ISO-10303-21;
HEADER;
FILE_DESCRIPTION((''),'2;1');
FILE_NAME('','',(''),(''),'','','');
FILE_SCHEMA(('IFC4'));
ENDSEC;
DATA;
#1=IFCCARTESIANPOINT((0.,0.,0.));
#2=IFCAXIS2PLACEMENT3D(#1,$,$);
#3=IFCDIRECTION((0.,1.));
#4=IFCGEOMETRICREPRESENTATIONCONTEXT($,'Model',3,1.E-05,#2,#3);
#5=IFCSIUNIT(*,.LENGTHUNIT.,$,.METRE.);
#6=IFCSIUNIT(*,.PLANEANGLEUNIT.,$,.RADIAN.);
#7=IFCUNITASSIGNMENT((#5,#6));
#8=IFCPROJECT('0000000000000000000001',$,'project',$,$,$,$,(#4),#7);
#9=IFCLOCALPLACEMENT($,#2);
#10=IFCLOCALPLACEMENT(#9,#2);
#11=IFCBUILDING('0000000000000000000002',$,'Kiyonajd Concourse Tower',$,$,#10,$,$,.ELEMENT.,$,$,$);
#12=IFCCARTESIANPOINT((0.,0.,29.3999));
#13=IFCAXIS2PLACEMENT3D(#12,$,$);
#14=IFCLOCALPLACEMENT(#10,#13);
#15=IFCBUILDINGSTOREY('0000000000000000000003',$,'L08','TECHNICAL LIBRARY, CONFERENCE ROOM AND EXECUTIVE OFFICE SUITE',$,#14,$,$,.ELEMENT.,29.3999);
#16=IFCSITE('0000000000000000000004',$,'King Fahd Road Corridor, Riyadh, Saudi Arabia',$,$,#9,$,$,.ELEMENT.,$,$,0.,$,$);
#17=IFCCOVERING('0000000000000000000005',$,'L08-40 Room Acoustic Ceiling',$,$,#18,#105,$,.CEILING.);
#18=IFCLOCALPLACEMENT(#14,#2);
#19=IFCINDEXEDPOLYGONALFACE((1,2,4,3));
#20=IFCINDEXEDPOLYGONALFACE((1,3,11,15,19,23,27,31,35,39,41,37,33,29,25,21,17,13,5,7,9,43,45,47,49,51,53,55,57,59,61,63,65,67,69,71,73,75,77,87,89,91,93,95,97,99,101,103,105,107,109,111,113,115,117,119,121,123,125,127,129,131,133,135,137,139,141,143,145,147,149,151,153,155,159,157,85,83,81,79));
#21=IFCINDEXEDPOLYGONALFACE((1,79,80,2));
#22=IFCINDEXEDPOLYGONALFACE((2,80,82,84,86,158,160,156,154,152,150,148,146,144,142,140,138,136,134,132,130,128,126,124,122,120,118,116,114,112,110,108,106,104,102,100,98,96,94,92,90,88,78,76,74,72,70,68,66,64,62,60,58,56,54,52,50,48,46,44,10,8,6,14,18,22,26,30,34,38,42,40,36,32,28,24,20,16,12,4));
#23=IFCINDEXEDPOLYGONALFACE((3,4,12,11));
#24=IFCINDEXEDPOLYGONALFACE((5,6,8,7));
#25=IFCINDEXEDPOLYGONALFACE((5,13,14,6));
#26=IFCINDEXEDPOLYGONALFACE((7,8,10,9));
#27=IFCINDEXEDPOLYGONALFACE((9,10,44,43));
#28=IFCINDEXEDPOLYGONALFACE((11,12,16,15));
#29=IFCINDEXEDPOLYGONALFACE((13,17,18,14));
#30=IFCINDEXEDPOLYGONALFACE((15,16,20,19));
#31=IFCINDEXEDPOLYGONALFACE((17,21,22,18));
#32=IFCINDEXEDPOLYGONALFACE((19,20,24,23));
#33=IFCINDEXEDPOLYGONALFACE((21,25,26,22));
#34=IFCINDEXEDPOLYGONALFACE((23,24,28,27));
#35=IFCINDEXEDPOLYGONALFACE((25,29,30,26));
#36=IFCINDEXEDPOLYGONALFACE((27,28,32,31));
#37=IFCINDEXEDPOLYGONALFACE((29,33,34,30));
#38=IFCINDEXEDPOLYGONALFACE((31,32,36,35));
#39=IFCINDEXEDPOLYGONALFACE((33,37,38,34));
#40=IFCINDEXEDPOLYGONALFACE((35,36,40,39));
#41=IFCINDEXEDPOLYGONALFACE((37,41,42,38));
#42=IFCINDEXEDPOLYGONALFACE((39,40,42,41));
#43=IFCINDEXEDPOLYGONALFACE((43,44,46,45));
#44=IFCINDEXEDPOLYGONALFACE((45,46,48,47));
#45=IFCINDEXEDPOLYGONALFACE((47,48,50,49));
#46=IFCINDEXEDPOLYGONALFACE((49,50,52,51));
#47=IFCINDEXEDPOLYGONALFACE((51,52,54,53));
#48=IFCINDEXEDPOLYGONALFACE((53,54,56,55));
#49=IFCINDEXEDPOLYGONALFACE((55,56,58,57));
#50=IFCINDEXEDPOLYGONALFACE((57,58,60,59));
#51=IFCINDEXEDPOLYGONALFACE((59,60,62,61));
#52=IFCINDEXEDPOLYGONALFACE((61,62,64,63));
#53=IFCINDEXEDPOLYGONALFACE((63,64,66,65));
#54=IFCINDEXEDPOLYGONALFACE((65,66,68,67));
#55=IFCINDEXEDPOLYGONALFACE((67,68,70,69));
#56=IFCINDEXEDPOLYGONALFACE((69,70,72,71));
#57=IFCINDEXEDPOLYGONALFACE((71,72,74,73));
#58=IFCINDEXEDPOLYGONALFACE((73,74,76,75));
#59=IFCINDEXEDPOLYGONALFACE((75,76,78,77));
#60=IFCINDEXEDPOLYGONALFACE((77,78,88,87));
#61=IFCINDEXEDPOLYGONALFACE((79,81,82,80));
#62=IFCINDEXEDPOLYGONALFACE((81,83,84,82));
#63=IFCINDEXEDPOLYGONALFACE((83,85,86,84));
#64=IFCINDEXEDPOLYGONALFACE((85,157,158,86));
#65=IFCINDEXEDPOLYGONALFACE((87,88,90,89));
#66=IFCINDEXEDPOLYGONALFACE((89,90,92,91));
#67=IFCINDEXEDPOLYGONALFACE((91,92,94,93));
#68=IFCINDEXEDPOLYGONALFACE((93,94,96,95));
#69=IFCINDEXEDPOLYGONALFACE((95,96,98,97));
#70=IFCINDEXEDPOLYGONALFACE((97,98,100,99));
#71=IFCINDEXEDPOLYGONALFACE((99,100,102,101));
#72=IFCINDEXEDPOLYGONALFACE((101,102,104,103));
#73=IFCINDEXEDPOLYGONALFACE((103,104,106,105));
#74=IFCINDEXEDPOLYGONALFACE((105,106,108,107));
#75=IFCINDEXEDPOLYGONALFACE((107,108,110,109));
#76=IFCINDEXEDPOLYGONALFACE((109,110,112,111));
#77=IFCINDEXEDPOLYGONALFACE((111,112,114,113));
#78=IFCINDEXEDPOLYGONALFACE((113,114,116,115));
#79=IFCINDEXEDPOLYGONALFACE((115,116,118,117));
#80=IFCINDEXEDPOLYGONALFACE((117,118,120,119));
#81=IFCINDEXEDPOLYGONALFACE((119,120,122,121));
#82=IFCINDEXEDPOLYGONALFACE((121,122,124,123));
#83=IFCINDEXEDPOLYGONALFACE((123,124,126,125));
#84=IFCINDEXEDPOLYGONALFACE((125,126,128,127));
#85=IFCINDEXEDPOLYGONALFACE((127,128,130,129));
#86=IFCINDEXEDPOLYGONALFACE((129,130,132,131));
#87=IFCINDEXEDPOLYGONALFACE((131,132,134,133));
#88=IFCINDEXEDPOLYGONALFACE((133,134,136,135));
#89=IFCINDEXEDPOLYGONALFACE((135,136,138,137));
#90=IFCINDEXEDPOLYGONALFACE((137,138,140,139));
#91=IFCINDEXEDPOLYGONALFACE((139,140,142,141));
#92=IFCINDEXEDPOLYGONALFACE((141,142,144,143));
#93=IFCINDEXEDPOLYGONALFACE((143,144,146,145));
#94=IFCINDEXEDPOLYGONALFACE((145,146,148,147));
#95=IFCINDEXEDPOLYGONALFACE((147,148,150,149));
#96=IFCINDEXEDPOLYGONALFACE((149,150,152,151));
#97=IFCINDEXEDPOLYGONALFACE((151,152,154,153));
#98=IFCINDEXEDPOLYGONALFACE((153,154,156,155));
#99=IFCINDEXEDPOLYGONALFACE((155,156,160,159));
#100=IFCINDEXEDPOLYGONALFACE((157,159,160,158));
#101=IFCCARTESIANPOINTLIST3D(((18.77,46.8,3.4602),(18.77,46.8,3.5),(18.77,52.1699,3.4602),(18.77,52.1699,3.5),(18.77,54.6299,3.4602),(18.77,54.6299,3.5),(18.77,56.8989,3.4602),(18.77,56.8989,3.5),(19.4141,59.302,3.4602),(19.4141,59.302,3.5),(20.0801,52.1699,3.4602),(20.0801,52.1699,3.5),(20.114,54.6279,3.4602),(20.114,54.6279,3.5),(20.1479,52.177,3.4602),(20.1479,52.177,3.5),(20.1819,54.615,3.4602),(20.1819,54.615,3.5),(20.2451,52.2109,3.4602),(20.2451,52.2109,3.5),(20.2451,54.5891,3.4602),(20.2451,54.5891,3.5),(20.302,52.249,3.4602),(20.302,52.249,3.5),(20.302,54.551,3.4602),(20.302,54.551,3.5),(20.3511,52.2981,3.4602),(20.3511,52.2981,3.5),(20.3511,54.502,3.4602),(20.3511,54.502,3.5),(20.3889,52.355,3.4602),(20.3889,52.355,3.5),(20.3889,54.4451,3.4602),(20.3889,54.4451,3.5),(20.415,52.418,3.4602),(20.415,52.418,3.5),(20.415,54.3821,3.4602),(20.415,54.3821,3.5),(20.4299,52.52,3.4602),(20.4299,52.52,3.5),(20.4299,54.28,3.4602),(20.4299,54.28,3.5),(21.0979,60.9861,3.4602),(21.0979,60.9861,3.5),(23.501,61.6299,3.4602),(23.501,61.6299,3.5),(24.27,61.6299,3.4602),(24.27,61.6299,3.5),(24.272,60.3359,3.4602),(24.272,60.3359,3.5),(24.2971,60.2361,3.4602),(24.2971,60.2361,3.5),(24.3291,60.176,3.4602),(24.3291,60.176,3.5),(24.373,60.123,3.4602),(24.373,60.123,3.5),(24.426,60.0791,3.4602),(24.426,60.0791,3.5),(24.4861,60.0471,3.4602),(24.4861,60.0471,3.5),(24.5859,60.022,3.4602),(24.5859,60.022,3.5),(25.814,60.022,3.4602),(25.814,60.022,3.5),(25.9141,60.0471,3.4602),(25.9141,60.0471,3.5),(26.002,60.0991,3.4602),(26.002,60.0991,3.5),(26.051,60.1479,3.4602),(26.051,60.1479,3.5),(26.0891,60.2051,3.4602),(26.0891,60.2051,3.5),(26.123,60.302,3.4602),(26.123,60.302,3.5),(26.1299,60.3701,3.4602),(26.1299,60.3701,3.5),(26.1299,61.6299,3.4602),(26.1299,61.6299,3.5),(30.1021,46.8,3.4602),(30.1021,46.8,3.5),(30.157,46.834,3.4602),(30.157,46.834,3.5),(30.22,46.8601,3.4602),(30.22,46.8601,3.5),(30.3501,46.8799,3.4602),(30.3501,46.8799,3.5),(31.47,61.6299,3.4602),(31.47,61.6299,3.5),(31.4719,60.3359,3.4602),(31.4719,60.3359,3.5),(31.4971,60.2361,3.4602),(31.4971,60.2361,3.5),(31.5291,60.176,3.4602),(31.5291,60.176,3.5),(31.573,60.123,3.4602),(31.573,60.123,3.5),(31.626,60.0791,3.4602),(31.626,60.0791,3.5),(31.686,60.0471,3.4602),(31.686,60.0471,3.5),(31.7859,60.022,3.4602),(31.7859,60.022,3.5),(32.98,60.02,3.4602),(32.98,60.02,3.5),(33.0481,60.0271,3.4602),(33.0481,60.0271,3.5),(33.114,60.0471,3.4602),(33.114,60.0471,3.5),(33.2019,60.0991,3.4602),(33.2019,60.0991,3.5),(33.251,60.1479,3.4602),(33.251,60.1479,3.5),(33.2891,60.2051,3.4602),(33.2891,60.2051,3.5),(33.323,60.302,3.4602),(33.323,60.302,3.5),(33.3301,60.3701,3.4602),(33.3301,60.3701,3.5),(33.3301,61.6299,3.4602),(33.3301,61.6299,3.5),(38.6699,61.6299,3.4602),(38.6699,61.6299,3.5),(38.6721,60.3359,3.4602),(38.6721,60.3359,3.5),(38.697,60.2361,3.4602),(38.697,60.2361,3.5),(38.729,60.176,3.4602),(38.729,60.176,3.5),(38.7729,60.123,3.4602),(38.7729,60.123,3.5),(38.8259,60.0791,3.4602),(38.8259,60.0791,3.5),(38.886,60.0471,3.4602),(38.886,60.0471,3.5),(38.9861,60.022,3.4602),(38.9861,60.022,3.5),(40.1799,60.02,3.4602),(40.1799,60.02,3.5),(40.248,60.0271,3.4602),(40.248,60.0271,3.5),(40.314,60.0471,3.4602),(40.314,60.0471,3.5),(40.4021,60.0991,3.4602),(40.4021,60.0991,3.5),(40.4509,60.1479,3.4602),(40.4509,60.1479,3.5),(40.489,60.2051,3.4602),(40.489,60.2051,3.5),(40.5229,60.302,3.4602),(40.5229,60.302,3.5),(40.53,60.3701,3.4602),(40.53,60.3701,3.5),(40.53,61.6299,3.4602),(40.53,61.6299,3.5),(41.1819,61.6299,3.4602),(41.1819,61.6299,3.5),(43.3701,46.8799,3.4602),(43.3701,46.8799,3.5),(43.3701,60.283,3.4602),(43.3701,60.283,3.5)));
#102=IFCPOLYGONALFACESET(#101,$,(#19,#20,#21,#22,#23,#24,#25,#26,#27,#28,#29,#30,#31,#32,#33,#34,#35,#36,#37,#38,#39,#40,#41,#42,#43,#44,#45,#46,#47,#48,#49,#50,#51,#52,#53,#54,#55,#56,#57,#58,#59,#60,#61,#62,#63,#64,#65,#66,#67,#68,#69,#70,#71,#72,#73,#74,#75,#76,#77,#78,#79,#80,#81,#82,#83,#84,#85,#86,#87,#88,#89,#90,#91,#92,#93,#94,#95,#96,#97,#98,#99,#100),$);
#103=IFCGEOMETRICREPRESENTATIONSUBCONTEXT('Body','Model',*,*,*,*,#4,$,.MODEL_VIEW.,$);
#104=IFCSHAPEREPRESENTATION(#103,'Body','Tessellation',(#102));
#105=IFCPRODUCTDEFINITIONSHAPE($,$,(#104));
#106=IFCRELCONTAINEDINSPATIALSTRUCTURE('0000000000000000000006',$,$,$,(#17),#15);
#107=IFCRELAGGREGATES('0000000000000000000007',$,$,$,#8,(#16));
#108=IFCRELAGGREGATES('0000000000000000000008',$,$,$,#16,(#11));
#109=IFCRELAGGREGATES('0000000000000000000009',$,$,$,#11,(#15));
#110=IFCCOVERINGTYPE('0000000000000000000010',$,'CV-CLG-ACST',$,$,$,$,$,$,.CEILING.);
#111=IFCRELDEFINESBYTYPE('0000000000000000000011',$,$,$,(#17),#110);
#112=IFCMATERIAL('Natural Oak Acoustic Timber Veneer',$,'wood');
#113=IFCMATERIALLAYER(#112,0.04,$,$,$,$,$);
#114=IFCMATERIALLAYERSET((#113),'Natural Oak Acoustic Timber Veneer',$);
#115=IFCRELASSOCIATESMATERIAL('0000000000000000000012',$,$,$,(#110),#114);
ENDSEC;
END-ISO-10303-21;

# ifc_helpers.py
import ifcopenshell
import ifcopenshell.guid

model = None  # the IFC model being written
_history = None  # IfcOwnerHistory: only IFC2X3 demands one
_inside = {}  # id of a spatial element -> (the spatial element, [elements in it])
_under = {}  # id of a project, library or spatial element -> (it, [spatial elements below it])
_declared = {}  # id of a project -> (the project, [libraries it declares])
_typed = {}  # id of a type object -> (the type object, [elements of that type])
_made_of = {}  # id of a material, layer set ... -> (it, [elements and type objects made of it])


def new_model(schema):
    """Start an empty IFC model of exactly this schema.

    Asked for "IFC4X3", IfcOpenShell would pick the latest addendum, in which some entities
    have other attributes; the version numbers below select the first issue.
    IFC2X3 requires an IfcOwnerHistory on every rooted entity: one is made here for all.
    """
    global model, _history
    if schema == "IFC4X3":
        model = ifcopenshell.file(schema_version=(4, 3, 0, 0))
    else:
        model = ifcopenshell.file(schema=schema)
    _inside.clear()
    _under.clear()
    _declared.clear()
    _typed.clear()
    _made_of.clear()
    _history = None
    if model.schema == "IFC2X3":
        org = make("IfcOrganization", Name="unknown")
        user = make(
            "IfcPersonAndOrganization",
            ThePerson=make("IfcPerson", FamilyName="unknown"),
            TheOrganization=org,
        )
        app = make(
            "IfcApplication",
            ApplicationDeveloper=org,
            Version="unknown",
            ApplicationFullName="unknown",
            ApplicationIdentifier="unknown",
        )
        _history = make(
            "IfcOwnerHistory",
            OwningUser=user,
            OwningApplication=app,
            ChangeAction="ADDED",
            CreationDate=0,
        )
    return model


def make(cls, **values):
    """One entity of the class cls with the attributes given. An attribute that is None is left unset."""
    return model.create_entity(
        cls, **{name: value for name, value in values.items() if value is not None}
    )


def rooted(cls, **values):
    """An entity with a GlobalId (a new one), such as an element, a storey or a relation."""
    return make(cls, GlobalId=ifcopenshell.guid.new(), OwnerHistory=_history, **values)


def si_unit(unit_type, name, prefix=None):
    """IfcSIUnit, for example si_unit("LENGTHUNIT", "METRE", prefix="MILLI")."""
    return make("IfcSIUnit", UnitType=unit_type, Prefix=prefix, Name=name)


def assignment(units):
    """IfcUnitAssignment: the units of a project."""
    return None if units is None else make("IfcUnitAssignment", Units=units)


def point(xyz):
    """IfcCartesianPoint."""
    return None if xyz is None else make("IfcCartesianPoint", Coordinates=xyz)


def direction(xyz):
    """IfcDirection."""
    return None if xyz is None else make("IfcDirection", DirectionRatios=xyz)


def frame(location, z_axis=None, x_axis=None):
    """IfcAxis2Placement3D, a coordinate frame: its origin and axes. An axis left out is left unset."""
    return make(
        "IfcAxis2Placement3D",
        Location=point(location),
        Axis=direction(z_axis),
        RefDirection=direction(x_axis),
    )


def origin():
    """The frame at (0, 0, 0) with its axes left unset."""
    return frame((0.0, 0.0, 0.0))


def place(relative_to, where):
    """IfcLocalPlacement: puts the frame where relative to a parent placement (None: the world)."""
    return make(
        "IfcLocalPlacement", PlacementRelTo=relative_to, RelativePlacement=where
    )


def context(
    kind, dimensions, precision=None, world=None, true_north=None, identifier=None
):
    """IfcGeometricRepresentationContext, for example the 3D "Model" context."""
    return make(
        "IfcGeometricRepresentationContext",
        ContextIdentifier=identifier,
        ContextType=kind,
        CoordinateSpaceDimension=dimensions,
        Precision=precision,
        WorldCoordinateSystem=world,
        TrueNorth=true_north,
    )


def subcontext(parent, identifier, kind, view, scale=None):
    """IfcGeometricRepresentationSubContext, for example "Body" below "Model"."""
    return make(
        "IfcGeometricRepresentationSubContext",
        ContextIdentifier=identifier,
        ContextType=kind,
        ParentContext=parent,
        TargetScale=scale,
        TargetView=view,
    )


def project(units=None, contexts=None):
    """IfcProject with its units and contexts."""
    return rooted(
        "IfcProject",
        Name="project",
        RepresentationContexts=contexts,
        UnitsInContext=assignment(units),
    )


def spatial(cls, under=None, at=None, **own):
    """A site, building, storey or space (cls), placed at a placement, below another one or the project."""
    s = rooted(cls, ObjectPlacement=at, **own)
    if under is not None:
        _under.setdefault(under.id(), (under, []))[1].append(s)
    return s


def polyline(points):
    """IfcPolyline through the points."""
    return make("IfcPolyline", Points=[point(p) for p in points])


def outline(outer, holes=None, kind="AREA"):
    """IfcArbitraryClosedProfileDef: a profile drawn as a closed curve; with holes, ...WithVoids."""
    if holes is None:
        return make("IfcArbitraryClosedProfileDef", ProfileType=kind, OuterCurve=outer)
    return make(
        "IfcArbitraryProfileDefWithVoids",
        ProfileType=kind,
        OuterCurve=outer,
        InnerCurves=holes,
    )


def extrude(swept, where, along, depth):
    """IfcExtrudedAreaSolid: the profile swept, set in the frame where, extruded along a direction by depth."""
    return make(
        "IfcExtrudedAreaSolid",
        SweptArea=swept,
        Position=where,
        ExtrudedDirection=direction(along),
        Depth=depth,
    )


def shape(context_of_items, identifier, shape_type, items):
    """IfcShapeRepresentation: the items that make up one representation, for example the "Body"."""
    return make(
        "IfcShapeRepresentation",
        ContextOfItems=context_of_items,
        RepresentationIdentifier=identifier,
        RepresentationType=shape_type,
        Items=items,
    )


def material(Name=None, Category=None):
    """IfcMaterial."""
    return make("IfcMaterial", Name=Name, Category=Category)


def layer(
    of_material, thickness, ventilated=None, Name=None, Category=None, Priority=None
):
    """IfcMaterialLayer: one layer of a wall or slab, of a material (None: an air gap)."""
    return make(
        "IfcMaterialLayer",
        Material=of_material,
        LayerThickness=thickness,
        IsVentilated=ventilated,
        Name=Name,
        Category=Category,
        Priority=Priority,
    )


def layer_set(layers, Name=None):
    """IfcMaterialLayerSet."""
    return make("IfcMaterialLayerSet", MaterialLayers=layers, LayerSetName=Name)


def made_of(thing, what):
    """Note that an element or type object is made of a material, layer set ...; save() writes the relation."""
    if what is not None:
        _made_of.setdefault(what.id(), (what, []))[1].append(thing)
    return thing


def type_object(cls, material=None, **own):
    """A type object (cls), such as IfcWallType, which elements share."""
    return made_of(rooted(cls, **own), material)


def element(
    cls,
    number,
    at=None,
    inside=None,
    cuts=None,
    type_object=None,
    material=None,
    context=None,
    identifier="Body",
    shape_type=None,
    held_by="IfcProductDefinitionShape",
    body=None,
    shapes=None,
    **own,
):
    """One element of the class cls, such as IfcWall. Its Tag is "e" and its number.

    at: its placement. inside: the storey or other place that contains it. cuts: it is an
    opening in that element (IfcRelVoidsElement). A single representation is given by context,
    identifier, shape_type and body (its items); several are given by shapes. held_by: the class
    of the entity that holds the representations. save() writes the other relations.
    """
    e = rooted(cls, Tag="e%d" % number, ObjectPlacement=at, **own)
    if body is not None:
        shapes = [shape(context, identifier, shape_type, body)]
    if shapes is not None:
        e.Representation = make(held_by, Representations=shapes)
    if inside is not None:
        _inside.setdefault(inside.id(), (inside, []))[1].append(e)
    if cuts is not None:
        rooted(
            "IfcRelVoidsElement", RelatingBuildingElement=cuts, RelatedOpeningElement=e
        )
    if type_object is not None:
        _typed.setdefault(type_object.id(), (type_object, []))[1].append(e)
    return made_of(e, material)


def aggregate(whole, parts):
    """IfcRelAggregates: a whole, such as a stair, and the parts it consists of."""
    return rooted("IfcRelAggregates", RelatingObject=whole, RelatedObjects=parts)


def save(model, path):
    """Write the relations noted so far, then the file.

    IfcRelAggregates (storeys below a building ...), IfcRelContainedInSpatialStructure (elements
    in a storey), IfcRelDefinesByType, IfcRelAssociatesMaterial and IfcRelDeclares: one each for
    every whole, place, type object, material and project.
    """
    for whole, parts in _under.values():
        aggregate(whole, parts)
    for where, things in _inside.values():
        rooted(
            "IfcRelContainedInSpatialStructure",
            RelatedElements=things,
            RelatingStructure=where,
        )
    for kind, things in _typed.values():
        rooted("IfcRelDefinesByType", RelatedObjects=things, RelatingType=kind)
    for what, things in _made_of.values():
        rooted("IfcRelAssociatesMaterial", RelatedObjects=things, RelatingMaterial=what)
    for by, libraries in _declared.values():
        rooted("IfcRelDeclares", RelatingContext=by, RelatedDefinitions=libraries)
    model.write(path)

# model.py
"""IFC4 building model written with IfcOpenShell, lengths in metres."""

from ifc_helpers import new_model, si_unit, direction, frame, origin, place, context, subcontext, project, spatial, polyline, outline, extrude, material, layer, layer_set, type_object, element, save


model = new_model("IFC4")

# Units and contexts
model_context = context("Model", 3, precision=1e-05, world=origin(), true_north=direction((0.0, 1.0)))
body_context = subcontext(model_context, "Body", "Model", "MODEL_VIEW")
ifc_project = project(units=[si_unit("LENGTHUNIT", "METRE"), si_unit("PLANEANGLEUNIT", "RADIAN")], contexts=[model_context])

# Site, building, storey
site_placement = place(None, origin())
site = spatial("IfcSite", under=ifc_project, at=site_placement, Name="King Fahd Road Corridor, Riyadh, Saudi Arabia", CompositionType="ELEMENT", RefElevation=0.0)
building_placement = place(site_placement, origin())
building = spatial("IfcBuilding", under=site, at=building_placement, Name="Kiyonajd Concourse Tower", CompositionType="ELEMENT")
storey_placement = place(building_placement, frame((0.0, 0.0, 29.3999)))
storey = spatial("IfcBuildingStorey", under=building, at=storey_placement, Name="L08", Description="TECHNICAL LIBRARY, CONFERENCE ROOM AND EXECUTIVE OFFICE SUITE", CompositionType="ELEMENT", Elevation=29.3999)

# Shared definitions
ifc_material_1 = material(Name="Natural Oak Acoustic Timber Veneer", Category="wood")

# Covering
ifc_layer_1 = layer(ifc_material_1, 0.04)
ifc_layer_set_1 = layer_set([ifc_layer_1], Name="Natural Oak Acoustic Timber Veneer")
covering_type = type_object("IfcCoveringType", Name="CV-CLG-ACST", PredefinedType="CEILING", material=ifc_layer_set_1)
covering_1_placement = place(storey_placement, frame((0.0, 0.0, 3.4602)))
element("IfcCovering", 1, at=covering_1_placement, inside=storey, type_object=covering_type, Name="L08-40 Room Acoustic Ceiling", PredefinedType="CEILING", context=body_context, shape_type="SweptSolid", body=[
    extrude(outline(polyline([(21.0979, 60.9861), (23.501, 61.6299), (24.27, 61.6299), (24.272, 60.3359), (24.2971, 60.2361), (24.3291, 60.176), (24.373, 60.123), (24.426, 60.0791), (24.4861, 60.0471), (24.5859, 60.022), (25.814, 60.022), (25.9141, 60.0471), (26.002, 60.0991), (26.051, 60.1479), (26.0891, 60.2051), (26.123, 60.302), (26.1299, 60.3701), (26.1299, 61.6299), (31.47, 61.6299), (31.4719, 60.3359), (31.4971, 60.2361), (31.5291, 60.176), (31.573, 60.123), (31.626, 60.0791), (31.686, 60.0471), (31.7859, 60.022), (32.98, 60.02), (33.0481, 60.0271), (33.114, 60.0471), (33.2019, 60.0991), (33.251, 60.1479), (33.2891, 60.2051), (33.323, 60.302), (33.3301, 60.3701), (33.3301, 61.6299), (38.6699, 61.6299), (38.6721, 60.3359), (38.697, 60.2361), (38.729, 60.176), (38.7729, 60.123), (38.8259, 60.0791), (38.886, 60.0471), (38.9861, 60.022), (40.1799, 60.02), (40.248, 60.0271), (40.314, 60.0471), (40.4021, 60.0991), (40.4509, 60.1479), (40.489, 60.2051), (40.5229, 60.302), (40.53, 60.3701), (40.53, 61.6299), (41.1819, 61.6299), (43.3701, 60.283), (43.3701, 46.8799), (30.3501, 46.8799), (30.22, 46.8601), (30.157, 46.834), (30.1021, 46.8), (18.77, 46.8), (18.77, 52.1699), (20.0801, 52.1699), (20.1479, 52.177), (20.2451, 52.2109), (20.302, 52.249), (20.3511, 52.2981), (20.3889, 52.355), (20.415, 52.418), (20.4299, 52.52), (20.4299, 54.28), (20.415, 54.3821), (20.3889, 54.4451), (20.3511, 54.502), (20.302, 54.551), (20.2451, 54.5891), (20.1819, 54.615), (20.114, 54.6279), (18.77, 54.6299), (18.77, 56.8989), (19.4141, 59.302), (21.0979, 60.9861)])), origin(), (0.0, 0.0, 1.0), 0.0398),
])

save(model, "model.ifc")
